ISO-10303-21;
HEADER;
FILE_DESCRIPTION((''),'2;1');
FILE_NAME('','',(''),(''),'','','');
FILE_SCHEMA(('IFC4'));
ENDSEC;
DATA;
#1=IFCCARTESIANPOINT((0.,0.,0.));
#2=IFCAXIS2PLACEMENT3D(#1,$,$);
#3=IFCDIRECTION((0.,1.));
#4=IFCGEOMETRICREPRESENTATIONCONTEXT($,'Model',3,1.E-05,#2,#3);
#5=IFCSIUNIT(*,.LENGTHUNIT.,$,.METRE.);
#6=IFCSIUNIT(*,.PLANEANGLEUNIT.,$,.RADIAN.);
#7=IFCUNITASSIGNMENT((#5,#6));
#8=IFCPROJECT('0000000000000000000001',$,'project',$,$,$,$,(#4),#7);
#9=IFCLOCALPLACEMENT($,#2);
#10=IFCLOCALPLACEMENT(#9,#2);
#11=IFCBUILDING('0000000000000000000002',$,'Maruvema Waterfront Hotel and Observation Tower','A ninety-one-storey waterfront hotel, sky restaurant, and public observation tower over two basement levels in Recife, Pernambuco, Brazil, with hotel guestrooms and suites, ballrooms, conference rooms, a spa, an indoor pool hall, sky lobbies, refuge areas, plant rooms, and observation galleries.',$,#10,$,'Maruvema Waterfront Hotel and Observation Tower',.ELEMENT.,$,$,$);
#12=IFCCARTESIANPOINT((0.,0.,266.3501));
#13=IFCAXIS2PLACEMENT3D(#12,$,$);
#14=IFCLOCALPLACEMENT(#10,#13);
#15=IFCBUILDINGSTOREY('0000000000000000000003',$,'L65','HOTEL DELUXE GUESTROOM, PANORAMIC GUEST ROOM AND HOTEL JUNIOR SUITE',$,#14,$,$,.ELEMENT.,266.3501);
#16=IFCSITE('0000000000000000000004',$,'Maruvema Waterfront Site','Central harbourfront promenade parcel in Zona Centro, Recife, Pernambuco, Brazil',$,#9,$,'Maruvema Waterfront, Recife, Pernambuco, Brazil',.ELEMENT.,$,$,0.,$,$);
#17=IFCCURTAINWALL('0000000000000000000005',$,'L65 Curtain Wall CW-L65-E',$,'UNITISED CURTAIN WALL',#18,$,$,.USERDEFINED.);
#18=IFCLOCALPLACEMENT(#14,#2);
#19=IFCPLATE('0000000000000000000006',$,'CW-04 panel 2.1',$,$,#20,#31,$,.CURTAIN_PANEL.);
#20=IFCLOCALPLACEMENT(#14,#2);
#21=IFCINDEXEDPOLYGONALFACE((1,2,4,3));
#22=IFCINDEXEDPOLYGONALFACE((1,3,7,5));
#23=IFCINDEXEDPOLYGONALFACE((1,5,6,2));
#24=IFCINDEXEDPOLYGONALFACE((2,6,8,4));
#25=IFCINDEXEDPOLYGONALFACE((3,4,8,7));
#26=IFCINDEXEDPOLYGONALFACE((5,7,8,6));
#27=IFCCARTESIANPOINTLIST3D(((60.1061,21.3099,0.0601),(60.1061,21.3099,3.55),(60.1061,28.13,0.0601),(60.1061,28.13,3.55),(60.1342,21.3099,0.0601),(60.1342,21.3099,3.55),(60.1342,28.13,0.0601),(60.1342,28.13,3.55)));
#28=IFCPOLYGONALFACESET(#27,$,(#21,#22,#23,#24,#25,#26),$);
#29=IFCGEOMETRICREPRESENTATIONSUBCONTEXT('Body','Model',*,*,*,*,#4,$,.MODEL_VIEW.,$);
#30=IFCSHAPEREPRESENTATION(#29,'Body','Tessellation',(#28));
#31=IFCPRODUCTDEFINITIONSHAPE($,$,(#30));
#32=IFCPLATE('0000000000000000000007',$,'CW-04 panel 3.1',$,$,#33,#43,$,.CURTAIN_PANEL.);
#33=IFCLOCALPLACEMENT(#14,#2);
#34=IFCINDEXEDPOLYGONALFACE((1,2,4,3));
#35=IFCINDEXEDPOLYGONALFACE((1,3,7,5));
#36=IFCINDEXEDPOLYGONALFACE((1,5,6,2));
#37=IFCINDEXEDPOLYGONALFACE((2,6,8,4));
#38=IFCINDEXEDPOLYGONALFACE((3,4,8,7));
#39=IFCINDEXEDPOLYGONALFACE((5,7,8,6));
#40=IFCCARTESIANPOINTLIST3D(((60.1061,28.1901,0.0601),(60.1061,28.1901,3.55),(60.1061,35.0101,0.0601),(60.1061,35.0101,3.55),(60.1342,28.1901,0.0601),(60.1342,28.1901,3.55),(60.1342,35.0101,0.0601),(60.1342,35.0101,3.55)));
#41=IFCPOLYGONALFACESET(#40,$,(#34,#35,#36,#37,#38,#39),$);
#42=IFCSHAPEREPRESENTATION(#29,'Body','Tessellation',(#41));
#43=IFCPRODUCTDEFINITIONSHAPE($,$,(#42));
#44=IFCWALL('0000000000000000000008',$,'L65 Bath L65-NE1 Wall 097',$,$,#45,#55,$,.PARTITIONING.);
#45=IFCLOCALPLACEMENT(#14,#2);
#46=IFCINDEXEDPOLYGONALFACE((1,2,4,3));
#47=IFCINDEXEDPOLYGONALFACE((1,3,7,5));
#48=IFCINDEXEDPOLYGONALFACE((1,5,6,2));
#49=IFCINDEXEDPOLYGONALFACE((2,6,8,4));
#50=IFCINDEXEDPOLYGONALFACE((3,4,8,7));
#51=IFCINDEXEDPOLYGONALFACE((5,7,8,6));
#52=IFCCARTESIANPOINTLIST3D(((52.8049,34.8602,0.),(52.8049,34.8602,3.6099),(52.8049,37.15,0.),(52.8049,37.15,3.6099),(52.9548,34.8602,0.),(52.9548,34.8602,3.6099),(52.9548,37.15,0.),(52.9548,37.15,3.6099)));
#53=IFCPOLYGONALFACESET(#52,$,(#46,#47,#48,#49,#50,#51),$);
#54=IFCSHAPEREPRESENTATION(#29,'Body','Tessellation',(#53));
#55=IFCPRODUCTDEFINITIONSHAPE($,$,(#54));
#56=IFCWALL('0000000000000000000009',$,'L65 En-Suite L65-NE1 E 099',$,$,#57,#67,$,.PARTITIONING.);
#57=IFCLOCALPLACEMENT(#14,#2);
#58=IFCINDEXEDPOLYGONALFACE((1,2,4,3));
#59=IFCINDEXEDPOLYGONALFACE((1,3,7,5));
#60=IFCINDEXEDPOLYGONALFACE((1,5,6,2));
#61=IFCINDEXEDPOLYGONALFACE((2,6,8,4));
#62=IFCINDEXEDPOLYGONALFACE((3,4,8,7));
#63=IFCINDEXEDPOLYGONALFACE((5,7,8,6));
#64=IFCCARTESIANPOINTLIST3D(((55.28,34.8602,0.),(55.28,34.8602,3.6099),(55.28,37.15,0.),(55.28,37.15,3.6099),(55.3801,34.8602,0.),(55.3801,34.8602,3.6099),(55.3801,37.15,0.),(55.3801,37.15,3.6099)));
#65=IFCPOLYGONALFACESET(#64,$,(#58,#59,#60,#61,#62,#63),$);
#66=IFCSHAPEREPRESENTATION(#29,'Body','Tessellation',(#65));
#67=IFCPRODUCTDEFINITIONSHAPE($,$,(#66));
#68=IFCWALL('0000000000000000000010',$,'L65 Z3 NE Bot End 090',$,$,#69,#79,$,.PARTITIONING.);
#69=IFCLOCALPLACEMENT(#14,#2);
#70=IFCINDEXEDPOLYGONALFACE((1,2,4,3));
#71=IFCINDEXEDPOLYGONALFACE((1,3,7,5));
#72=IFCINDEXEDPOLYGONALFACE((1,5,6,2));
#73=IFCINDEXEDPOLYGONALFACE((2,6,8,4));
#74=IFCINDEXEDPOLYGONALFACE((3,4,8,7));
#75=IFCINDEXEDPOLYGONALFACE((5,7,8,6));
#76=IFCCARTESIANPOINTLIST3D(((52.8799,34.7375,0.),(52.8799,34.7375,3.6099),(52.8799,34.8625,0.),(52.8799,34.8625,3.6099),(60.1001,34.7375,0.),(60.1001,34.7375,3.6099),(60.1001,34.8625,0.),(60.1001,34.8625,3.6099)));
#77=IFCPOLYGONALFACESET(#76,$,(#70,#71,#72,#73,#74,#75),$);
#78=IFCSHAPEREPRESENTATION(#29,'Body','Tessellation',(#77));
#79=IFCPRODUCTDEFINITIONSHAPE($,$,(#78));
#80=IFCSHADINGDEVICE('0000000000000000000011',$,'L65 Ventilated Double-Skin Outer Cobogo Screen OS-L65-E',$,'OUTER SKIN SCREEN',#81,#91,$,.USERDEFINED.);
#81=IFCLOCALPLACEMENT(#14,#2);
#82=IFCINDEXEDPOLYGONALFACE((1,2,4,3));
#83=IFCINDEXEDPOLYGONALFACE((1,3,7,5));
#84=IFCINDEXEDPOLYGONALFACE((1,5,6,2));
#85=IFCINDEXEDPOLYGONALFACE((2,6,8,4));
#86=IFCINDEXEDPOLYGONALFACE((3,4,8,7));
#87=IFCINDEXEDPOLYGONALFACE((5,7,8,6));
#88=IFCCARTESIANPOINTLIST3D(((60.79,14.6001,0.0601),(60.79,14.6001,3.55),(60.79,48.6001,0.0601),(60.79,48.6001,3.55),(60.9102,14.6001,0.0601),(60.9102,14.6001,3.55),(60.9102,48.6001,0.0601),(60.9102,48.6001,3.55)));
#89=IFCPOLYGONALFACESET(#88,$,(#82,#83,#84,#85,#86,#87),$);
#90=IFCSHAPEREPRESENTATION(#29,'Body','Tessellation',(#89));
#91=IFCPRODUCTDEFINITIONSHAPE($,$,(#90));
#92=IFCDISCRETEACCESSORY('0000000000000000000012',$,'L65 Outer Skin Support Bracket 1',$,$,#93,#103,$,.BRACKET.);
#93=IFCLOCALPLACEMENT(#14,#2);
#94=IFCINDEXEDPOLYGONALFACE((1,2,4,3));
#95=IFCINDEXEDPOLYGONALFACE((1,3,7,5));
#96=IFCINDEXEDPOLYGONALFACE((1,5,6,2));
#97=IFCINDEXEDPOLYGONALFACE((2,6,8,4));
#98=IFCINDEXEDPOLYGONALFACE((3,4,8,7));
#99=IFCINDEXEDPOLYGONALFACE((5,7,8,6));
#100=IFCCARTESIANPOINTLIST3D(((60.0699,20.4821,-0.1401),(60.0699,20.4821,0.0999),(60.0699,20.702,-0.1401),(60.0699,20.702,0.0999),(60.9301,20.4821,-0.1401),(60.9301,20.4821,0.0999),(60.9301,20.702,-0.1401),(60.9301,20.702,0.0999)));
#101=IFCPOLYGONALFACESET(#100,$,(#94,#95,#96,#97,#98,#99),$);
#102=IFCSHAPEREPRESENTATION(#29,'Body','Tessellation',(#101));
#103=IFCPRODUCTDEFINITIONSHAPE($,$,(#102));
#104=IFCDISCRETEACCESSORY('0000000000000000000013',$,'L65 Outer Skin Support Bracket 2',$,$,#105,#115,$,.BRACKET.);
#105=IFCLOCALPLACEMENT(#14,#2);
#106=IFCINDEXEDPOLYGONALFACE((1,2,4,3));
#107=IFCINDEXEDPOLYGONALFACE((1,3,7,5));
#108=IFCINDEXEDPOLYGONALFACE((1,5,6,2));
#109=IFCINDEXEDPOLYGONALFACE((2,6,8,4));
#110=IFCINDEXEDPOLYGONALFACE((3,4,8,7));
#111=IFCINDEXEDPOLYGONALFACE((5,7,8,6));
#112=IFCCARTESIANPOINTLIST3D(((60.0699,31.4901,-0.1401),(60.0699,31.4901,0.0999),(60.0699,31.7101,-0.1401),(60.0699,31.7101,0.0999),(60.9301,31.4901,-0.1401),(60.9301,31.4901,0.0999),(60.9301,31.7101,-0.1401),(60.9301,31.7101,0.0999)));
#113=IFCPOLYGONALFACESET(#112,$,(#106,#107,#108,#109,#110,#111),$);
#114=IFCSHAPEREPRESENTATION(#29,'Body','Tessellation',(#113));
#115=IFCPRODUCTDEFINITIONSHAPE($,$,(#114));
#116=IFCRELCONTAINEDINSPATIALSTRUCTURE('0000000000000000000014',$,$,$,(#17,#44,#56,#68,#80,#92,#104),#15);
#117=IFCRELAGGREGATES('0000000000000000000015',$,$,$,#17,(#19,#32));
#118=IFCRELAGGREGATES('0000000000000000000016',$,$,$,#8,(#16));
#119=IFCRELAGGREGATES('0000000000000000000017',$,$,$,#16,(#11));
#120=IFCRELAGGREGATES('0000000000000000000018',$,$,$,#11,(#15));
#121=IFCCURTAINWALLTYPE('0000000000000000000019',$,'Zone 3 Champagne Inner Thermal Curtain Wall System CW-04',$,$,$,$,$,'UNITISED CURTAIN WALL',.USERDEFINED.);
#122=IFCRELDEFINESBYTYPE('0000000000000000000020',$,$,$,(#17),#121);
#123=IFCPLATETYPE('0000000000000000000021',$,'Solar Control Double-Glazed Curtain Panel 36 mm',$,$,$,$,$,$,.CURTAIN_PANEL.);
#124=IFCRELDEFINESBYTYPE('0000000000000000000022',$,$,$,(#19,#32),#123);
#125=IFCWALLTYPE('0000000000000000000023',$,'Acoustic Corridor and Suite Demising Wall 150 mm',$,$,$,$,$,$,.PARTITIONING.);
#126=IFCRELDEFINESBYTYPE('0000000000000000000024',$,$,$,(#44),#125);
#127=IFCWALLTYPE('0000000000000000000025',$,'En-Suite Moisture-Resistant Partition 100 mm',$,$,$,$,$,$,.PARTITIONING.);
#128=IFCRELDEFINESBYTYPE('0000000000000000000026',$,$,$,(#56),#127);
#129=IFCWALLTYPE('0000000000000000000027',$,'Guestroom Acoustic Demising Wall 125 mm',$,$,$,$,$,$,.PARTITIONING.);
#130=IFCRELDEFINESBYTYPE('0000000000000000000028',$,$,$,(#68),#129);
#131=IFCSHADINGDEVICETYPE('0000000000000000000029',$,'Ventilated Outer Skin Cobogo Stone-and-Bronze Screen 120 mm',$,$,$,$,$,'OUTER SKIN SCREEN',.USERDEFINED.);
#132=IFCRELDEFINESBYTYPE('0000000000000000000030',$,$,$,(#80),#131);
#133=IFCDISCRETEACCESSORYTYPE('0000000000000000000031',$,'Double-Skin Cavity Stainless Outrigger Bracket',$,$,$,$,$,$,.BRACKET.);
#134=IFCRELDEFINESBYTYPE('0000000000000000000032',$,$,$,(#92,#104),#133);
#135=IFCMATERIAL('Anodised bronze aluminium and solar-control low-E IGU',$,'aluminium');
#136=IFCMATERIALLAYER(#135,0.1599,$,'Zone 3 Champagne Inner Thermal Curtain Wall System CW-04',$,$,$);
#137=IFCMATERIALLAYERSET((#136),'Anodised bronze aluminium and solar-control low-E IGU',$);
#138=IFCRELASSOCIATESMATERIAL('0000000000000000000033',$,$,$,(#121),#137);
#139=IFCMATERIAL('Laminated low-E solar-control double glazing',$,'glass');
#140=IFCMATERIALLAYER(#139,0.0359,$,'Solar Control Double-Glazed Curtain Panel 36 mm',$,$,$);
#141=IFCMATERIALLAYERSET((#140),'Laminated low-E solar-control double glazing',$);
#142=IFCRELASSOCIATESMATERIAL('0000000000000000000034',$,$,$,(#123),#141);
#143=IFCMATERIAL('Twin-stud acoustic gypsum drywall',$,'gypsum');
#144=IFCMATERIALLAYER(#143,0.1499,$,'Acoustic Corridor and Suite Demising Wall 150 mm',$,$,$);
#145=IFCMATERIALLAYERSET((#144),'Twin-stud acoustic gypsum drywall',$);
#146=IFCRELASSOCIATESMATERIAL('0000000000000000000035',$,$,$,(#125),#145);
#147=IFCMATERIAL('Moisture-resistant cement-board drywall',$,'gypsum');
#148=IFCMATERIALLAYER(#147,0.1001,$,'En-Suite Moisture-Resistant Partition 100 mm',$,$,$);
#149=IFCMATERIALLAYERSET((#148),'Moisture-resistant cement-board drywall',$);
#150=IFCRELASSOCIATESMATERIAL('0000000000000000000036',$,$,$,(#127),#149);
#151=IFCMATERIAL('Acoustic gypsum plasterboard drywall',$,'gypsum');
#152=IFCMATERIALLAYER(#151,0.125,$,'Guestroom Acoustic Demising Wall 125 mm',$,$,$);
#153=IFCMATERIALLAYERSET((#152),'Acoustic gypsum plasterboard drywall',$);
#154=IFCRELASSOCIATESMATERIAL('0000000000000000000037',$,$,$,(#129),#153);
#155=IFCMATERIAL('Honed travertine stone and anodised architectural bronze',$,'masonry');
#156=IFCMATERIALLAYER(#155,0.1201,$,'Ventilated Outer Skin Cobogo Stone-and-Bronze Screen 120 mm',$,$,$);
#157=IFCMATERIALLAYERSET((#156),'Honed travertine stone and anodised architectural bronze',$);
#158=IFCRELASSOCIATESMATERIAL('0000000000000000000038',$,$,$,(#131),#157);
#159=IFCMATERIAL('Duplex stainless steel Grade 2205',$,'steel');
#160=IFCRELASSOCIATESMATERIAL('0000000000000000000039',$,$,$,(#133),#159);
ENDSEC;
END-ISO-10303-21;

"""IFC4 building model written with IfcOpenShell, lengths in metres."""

from ifc_helpers import new_model, si_unit, direction, frame, frame_2d, origin, origin_2d, place, context, subcontext, project, spatial, rectangle, extrude, material, layer, layer_set, type_object, element, aggregate, save


model = new_model("IFC4")

# Units and contexts
model_context = context("Model", 3, precision=1e-05, world=origin(), true_north=direction((0.0, 1.0)))
body_context = subcontext(model_context, "Body", "Model", "MODEL_VIEW")
ifc_project = project(units=[si_unit("LENGTHUNIT", "METRE"), si_unit("PLANEANGLEUNIT", "RADIAN")], contexts=[model_context])

# Site, building, storey
site_placement = place(None, origin())
site = spatial("IfcSite", under=ifc_project, at=site_placement, Name="Maruvema Waterfront Site", Description="Central harbourfront promenade parcel in Zona Centro, Recife, Pernambuco, Brazil", LongName="Maruvema Waterfront, Recife, Pernambuco, Brazil", CompositionType="ELEMENT", RefElevation=0.0)
building_placement = place(site_placement, origin())
building = spatial("IfcBuilding", under=site, at=building_placement, Name="Maruvema Waterfront Hotel and Observation Tower", Description="A ninety-one-storey waterfront hotel, sky restaurant, and public observation tower over two basement levels in Recife, Pernambuco, Brazil, with hotel guestrooms and suites, ballrooms, conference rooms, a spa, an indoor pool hall, sky lobbies, refuge areas, plant rooms, and observation galleries.", LongName="Maruvema Waterfront Hotel and Observation Tower", CompositionType="ELEMENT")
storey_placement = place(building_placement, frame((0.0, 0.0, 266.3501)))
storey = spatial("IfcBuildingStorey", under=building, at=storey_placement, Name="L65", Description="HOTEL DELUXE GUESTROOM, PANORAMIC GUEST ROOM AND HOTEL JUNIOR SUITE", CompositionType="ELEMENT", Elevation=266.3501)

# Curtain wall
ifc_material_1 = material(Name="Anodised bronze aluminium and solar-control low-E IGU", Category="aluminium")
ifc_layer_1 = layer(ifc_material_1, 0.1599, Name="Zone 3 Champagne Inner Thermal Curtain Wall System CW-04")
ifc_layer_set_1 = layer_set([ifc_layer_1], Name="Anodised bronze aluminium and solar-control low-E IGU")
curtain_wall_type = type_object("IfcCurtainWallType", Name="Zone 3 Champagne Inner Thermal Curtain Wall System CW-04", ElementType="UNITISED CURTAIN WALL", PredefinedType="USERDEFINED", material=ifc_layer_set_1)
curtain_wall_placement = place(storey_placement, origin())
curtain_wall = element("IfcCurtainWall", 1, at=curtain_wall_placement, inside=storey, type_object=curtain_wall_type, Name="L65 Curtain Wall CW-L65-E", ObjectType="UNITISED CURTAIN WALL", PredefinedType="USERDEFINED")

# Plates
ifc_material_2 = material(Name="Laminated low-E solar-control double glazing", Category="glass")
ifc_layer_2 = layer(ifc_material_2, 0.0359, Name="Solar Control Double-Glazed Curtain Panel 36 mm")
ifc_layer_set_2 = layer_set([ifc_layer_2], Name="Laminated low-E solar-control double glazing")
plate_type = type_object("IfcPlateType", Name="Solar Control Double-Glazed Curtain Panel 36 mm", PredefinedType="CURTAIN_PANEL", material=ifc_layer_set_2)
plate_1_placement = place(storey_placement, frame((60.1201, 24.72, 0.0601), z_axis=(0.0, 0.0, 1.0), x_axis=(0.0, 1.0, 0.0)))
plate_1 = element("IfcPlate", 2, at=plate_1_placement, type_object=plate_type, Name="CW-04 panel 2.1", PredefinedType="CURTAIN_PANEL", context=body_context, shape_type="SweptSolid", body=[
    extrude(rectangle(XDim=6.8201, YDim=0.0281, at=origin_2d()), origin(), (0.0, 0.0, 1.0), 3.49),
])
plate_2_placement = place(storey_placement, frame((60.1201, 31.6001, 0.0601), z_axis=(0.0, 0.0, 1.0), x_axis=(0.0, 1.0, 0.0)))
plate_2 = element("IfcPlate", 3, at=plate_2_placement, type_object=plate_type, Name="CW-04 panel 3.1", PredefinedType="CURTAIN_PANEL", context=body_context, shape_type="SweptSolid", body=[
    extrude(rectangle(XDim=6.8201, YDim=0.0281, at=origin_2d()), origin(), (0.0, 0.0, 1.0), 3.49),
])
aggregate(curtain_wall, [plate_1, plate_2])

# Walls
ifc_material_3 = material(Name="Twin-stud acoustic gypsum drywall", Category="gypsum")
ifc_layer_3 = layer(ifc_material_3, 0.1499, Name="Acoustic Corridor and Suite Demising Wall 150 mm")
ifc_layer_set_3 = layer_set([ifc_layer_3], Name="Twin-stud acoustic gypsum drywall")
wall_type_1 = type_object("IfcWallType", Name="Acoustic Corridor and Suite Demising Wall 150 mm", PredefinedType="PARTITIONING", material=ifc_layer_set_3)
wall_1_placement = place(storey_placement, frame((52.8799, 34.8601, 0.0), z_axis=(0.0, 0.0, 1.0), x_axis=(0.0, 1.0, 0.0)))
element("IfcWall", 4, at=wall_1_placement, inside=storey, type_object=wall_type_1, Name="L65 Bath L65-NE1 Wall 097", PredefinedType="PARTITIONING", context=body_context, shape_type="SweptSolid", body=[
    extrude(rectangle(XDim=2.2898, YDim=0.1499, at=frame_2d((1.145, 0.0))), origin(), (0.0, 0.0, 1.0), 3.6099),
])
ifc_material_4 = material(Name="Moisture-resistant cement-board drywall", Category="gypsum")
ifc_layer_4 = layer(ifc_material_4, 0.1001, Name="En-Suite Moisture-Resistant Partition 100 mm")
ifc_layer_set_4 = layer_set([ifc_layer_4], Name="Moisture-resistant cement-board drywall")
wall_type_2 = type_object("IfcWallType", Name="En-Suite Moisture-Resistant Partition 100 mm", PredefinedType="PARTITIONING", material=ifc_layer_set_4)
wall_2_placement = place(storey_placement, frame((55.3301, 34.8601, 0.0), z_axis=(0.0, 0.0, 1.0), x_axis=(0.0, 1.0, 0.0)))
element("IfcWall", 5, at=wall_2_placement, inside=storey, type_object=wall_type_2, Name="L65 En-Suite L65-NE1 E 099", PredefinedType="PARTITIONING", context=body_context, shape_type="SweptSolid", body=[
    extrude(rectangle(XDim=2.2898, YDim=0.1001, at=frame_2d((1.145, 0.0))), origin(), (0.0, 0.0, 1.0), 3.6099),
])
ifc_material_5 = material(Name="Acoustic gypsum plasterboard drywall", Category="gypsum")
ifc_layer_5 = layer(ifc_material_5, 0.125, Name="Guestroom Acoustic Demising Wall 125 mm")
ifc_layer_set_5 = layer_set([ifc_layer_5], Name="Acoustic gypsum plasterboard drywall")
wall_type_3 = type_object("IfcWallType", Name="Guestroom Acoustic Demising Wall 125 mm", PredefinedType="PARTITIONING", material=ifc_layer_set_5)
wall_3_placement = place(storey_placement, frame((52.8799, 34.8, 0.0), z_axis=(0.0, 0.0, 1.0), x_axis=(1.0, 0.0, 0.0)))
element("IfcWall", 6, at=wall_3_placement, inside=storey, type_object=wall_type_3, Name="L65 Z3 NE Bot End 090", PredefinedType="PARTITIONING", context=body_context, shape_type="SweptSolid", body=[
    extrude(rectangle(XDim=7.2202, YDim=0.125, at=frame_2d((3.6101, 0.0))), origin(), (0.0, 0.0, 1.0), 3.6099),
])

# Shading device
ifc_material_6 = material(Name="Honed travertine stone and anodised architectural bronze", Category="masonry")
ifc_layer_6 = layer(ifc_material_6, 0.1201, Name="Ventilated Outer Skin Cobogo Stone-and-Bronze Screen 120 mm")
ifc_layer_set_6 = layer_set([ifc_layer_6], Name="Honed travertine stone and anodised architectural bronze")
shading_device_type = type_object("IfcShadingDeviceType", Name="Ventilated Outer Skin Cobogo Stone-and-Bronze Screen 120 mm", ElementType="OUTER SKIN SCREEN", PredefinedType="USERDEFINED", material=ifc_layer_set_6)
shading_device_placement = place(storey_placement, frame((60.8501, 31.6001, 0.0601), z_axis=(0.0, 0.0, 1.0), x_axis=(0.0, 1.0, 0.0)))
element("IfcShadingDevice", 7, at=shading_device_placement, inside=storey, type_object=shading_device_type, Name="L65 Ventilated Double-Skin Outer Cobogo Screen OS-L65-E", ObjectType="OUTER SKIN SCREEN", PredefinedType="USERDEFINED", context=body_context, shape_type="SweptSolid", body=[
    extrude(rectangle(XDim=34.0, YDim=0.1201, at=origin_2d()), origin(), (0.0, 0.0, 1.0), 3.49),
])

# Discrete accessories
ifc_material_7 = material(Name="Duplex stainless steel Grade 2205", Category="steel")
discrete_accessory_type = type_object("IfcDiscreteAccessoryType", Name="Double-Skin Cavity Stainless Outrigger Bracket", PredefinedType="BRACKET", material=ifc_material_7)
for number, where, z_axis, x_axis, name in (
    (8, (60.5, 20.592, -0.1401), (0.0, 0.0, 1.0), (0.0, 1.0, 0.0), "L65 Outer Skin Support Bracket 1"),
    (9, (60.5, 31.6001, -0.1401), (0.0, 0.0, 1.0), (0.0, 1.0, 0.0), "L65 Outer Skin Support Bracket 2"),
):
    element("IfcDiscreteAccessory", number, at=place(storey_placement, frame(where, z_axis=z_axis, x_axis=x_axis)), inside=storey, type_object=discrete_accessory_type, Name=name, PredefinedType="BRACKET", context=body_context, shape_type="SweptSolid", body=[
        extrude(rectangle(XDim=0.22, YDim=0.8601, at=origin_2d()), origin(), (0.0, 0.0, 1.0), 0.24),
    ])

save(model, "model.ifc")
